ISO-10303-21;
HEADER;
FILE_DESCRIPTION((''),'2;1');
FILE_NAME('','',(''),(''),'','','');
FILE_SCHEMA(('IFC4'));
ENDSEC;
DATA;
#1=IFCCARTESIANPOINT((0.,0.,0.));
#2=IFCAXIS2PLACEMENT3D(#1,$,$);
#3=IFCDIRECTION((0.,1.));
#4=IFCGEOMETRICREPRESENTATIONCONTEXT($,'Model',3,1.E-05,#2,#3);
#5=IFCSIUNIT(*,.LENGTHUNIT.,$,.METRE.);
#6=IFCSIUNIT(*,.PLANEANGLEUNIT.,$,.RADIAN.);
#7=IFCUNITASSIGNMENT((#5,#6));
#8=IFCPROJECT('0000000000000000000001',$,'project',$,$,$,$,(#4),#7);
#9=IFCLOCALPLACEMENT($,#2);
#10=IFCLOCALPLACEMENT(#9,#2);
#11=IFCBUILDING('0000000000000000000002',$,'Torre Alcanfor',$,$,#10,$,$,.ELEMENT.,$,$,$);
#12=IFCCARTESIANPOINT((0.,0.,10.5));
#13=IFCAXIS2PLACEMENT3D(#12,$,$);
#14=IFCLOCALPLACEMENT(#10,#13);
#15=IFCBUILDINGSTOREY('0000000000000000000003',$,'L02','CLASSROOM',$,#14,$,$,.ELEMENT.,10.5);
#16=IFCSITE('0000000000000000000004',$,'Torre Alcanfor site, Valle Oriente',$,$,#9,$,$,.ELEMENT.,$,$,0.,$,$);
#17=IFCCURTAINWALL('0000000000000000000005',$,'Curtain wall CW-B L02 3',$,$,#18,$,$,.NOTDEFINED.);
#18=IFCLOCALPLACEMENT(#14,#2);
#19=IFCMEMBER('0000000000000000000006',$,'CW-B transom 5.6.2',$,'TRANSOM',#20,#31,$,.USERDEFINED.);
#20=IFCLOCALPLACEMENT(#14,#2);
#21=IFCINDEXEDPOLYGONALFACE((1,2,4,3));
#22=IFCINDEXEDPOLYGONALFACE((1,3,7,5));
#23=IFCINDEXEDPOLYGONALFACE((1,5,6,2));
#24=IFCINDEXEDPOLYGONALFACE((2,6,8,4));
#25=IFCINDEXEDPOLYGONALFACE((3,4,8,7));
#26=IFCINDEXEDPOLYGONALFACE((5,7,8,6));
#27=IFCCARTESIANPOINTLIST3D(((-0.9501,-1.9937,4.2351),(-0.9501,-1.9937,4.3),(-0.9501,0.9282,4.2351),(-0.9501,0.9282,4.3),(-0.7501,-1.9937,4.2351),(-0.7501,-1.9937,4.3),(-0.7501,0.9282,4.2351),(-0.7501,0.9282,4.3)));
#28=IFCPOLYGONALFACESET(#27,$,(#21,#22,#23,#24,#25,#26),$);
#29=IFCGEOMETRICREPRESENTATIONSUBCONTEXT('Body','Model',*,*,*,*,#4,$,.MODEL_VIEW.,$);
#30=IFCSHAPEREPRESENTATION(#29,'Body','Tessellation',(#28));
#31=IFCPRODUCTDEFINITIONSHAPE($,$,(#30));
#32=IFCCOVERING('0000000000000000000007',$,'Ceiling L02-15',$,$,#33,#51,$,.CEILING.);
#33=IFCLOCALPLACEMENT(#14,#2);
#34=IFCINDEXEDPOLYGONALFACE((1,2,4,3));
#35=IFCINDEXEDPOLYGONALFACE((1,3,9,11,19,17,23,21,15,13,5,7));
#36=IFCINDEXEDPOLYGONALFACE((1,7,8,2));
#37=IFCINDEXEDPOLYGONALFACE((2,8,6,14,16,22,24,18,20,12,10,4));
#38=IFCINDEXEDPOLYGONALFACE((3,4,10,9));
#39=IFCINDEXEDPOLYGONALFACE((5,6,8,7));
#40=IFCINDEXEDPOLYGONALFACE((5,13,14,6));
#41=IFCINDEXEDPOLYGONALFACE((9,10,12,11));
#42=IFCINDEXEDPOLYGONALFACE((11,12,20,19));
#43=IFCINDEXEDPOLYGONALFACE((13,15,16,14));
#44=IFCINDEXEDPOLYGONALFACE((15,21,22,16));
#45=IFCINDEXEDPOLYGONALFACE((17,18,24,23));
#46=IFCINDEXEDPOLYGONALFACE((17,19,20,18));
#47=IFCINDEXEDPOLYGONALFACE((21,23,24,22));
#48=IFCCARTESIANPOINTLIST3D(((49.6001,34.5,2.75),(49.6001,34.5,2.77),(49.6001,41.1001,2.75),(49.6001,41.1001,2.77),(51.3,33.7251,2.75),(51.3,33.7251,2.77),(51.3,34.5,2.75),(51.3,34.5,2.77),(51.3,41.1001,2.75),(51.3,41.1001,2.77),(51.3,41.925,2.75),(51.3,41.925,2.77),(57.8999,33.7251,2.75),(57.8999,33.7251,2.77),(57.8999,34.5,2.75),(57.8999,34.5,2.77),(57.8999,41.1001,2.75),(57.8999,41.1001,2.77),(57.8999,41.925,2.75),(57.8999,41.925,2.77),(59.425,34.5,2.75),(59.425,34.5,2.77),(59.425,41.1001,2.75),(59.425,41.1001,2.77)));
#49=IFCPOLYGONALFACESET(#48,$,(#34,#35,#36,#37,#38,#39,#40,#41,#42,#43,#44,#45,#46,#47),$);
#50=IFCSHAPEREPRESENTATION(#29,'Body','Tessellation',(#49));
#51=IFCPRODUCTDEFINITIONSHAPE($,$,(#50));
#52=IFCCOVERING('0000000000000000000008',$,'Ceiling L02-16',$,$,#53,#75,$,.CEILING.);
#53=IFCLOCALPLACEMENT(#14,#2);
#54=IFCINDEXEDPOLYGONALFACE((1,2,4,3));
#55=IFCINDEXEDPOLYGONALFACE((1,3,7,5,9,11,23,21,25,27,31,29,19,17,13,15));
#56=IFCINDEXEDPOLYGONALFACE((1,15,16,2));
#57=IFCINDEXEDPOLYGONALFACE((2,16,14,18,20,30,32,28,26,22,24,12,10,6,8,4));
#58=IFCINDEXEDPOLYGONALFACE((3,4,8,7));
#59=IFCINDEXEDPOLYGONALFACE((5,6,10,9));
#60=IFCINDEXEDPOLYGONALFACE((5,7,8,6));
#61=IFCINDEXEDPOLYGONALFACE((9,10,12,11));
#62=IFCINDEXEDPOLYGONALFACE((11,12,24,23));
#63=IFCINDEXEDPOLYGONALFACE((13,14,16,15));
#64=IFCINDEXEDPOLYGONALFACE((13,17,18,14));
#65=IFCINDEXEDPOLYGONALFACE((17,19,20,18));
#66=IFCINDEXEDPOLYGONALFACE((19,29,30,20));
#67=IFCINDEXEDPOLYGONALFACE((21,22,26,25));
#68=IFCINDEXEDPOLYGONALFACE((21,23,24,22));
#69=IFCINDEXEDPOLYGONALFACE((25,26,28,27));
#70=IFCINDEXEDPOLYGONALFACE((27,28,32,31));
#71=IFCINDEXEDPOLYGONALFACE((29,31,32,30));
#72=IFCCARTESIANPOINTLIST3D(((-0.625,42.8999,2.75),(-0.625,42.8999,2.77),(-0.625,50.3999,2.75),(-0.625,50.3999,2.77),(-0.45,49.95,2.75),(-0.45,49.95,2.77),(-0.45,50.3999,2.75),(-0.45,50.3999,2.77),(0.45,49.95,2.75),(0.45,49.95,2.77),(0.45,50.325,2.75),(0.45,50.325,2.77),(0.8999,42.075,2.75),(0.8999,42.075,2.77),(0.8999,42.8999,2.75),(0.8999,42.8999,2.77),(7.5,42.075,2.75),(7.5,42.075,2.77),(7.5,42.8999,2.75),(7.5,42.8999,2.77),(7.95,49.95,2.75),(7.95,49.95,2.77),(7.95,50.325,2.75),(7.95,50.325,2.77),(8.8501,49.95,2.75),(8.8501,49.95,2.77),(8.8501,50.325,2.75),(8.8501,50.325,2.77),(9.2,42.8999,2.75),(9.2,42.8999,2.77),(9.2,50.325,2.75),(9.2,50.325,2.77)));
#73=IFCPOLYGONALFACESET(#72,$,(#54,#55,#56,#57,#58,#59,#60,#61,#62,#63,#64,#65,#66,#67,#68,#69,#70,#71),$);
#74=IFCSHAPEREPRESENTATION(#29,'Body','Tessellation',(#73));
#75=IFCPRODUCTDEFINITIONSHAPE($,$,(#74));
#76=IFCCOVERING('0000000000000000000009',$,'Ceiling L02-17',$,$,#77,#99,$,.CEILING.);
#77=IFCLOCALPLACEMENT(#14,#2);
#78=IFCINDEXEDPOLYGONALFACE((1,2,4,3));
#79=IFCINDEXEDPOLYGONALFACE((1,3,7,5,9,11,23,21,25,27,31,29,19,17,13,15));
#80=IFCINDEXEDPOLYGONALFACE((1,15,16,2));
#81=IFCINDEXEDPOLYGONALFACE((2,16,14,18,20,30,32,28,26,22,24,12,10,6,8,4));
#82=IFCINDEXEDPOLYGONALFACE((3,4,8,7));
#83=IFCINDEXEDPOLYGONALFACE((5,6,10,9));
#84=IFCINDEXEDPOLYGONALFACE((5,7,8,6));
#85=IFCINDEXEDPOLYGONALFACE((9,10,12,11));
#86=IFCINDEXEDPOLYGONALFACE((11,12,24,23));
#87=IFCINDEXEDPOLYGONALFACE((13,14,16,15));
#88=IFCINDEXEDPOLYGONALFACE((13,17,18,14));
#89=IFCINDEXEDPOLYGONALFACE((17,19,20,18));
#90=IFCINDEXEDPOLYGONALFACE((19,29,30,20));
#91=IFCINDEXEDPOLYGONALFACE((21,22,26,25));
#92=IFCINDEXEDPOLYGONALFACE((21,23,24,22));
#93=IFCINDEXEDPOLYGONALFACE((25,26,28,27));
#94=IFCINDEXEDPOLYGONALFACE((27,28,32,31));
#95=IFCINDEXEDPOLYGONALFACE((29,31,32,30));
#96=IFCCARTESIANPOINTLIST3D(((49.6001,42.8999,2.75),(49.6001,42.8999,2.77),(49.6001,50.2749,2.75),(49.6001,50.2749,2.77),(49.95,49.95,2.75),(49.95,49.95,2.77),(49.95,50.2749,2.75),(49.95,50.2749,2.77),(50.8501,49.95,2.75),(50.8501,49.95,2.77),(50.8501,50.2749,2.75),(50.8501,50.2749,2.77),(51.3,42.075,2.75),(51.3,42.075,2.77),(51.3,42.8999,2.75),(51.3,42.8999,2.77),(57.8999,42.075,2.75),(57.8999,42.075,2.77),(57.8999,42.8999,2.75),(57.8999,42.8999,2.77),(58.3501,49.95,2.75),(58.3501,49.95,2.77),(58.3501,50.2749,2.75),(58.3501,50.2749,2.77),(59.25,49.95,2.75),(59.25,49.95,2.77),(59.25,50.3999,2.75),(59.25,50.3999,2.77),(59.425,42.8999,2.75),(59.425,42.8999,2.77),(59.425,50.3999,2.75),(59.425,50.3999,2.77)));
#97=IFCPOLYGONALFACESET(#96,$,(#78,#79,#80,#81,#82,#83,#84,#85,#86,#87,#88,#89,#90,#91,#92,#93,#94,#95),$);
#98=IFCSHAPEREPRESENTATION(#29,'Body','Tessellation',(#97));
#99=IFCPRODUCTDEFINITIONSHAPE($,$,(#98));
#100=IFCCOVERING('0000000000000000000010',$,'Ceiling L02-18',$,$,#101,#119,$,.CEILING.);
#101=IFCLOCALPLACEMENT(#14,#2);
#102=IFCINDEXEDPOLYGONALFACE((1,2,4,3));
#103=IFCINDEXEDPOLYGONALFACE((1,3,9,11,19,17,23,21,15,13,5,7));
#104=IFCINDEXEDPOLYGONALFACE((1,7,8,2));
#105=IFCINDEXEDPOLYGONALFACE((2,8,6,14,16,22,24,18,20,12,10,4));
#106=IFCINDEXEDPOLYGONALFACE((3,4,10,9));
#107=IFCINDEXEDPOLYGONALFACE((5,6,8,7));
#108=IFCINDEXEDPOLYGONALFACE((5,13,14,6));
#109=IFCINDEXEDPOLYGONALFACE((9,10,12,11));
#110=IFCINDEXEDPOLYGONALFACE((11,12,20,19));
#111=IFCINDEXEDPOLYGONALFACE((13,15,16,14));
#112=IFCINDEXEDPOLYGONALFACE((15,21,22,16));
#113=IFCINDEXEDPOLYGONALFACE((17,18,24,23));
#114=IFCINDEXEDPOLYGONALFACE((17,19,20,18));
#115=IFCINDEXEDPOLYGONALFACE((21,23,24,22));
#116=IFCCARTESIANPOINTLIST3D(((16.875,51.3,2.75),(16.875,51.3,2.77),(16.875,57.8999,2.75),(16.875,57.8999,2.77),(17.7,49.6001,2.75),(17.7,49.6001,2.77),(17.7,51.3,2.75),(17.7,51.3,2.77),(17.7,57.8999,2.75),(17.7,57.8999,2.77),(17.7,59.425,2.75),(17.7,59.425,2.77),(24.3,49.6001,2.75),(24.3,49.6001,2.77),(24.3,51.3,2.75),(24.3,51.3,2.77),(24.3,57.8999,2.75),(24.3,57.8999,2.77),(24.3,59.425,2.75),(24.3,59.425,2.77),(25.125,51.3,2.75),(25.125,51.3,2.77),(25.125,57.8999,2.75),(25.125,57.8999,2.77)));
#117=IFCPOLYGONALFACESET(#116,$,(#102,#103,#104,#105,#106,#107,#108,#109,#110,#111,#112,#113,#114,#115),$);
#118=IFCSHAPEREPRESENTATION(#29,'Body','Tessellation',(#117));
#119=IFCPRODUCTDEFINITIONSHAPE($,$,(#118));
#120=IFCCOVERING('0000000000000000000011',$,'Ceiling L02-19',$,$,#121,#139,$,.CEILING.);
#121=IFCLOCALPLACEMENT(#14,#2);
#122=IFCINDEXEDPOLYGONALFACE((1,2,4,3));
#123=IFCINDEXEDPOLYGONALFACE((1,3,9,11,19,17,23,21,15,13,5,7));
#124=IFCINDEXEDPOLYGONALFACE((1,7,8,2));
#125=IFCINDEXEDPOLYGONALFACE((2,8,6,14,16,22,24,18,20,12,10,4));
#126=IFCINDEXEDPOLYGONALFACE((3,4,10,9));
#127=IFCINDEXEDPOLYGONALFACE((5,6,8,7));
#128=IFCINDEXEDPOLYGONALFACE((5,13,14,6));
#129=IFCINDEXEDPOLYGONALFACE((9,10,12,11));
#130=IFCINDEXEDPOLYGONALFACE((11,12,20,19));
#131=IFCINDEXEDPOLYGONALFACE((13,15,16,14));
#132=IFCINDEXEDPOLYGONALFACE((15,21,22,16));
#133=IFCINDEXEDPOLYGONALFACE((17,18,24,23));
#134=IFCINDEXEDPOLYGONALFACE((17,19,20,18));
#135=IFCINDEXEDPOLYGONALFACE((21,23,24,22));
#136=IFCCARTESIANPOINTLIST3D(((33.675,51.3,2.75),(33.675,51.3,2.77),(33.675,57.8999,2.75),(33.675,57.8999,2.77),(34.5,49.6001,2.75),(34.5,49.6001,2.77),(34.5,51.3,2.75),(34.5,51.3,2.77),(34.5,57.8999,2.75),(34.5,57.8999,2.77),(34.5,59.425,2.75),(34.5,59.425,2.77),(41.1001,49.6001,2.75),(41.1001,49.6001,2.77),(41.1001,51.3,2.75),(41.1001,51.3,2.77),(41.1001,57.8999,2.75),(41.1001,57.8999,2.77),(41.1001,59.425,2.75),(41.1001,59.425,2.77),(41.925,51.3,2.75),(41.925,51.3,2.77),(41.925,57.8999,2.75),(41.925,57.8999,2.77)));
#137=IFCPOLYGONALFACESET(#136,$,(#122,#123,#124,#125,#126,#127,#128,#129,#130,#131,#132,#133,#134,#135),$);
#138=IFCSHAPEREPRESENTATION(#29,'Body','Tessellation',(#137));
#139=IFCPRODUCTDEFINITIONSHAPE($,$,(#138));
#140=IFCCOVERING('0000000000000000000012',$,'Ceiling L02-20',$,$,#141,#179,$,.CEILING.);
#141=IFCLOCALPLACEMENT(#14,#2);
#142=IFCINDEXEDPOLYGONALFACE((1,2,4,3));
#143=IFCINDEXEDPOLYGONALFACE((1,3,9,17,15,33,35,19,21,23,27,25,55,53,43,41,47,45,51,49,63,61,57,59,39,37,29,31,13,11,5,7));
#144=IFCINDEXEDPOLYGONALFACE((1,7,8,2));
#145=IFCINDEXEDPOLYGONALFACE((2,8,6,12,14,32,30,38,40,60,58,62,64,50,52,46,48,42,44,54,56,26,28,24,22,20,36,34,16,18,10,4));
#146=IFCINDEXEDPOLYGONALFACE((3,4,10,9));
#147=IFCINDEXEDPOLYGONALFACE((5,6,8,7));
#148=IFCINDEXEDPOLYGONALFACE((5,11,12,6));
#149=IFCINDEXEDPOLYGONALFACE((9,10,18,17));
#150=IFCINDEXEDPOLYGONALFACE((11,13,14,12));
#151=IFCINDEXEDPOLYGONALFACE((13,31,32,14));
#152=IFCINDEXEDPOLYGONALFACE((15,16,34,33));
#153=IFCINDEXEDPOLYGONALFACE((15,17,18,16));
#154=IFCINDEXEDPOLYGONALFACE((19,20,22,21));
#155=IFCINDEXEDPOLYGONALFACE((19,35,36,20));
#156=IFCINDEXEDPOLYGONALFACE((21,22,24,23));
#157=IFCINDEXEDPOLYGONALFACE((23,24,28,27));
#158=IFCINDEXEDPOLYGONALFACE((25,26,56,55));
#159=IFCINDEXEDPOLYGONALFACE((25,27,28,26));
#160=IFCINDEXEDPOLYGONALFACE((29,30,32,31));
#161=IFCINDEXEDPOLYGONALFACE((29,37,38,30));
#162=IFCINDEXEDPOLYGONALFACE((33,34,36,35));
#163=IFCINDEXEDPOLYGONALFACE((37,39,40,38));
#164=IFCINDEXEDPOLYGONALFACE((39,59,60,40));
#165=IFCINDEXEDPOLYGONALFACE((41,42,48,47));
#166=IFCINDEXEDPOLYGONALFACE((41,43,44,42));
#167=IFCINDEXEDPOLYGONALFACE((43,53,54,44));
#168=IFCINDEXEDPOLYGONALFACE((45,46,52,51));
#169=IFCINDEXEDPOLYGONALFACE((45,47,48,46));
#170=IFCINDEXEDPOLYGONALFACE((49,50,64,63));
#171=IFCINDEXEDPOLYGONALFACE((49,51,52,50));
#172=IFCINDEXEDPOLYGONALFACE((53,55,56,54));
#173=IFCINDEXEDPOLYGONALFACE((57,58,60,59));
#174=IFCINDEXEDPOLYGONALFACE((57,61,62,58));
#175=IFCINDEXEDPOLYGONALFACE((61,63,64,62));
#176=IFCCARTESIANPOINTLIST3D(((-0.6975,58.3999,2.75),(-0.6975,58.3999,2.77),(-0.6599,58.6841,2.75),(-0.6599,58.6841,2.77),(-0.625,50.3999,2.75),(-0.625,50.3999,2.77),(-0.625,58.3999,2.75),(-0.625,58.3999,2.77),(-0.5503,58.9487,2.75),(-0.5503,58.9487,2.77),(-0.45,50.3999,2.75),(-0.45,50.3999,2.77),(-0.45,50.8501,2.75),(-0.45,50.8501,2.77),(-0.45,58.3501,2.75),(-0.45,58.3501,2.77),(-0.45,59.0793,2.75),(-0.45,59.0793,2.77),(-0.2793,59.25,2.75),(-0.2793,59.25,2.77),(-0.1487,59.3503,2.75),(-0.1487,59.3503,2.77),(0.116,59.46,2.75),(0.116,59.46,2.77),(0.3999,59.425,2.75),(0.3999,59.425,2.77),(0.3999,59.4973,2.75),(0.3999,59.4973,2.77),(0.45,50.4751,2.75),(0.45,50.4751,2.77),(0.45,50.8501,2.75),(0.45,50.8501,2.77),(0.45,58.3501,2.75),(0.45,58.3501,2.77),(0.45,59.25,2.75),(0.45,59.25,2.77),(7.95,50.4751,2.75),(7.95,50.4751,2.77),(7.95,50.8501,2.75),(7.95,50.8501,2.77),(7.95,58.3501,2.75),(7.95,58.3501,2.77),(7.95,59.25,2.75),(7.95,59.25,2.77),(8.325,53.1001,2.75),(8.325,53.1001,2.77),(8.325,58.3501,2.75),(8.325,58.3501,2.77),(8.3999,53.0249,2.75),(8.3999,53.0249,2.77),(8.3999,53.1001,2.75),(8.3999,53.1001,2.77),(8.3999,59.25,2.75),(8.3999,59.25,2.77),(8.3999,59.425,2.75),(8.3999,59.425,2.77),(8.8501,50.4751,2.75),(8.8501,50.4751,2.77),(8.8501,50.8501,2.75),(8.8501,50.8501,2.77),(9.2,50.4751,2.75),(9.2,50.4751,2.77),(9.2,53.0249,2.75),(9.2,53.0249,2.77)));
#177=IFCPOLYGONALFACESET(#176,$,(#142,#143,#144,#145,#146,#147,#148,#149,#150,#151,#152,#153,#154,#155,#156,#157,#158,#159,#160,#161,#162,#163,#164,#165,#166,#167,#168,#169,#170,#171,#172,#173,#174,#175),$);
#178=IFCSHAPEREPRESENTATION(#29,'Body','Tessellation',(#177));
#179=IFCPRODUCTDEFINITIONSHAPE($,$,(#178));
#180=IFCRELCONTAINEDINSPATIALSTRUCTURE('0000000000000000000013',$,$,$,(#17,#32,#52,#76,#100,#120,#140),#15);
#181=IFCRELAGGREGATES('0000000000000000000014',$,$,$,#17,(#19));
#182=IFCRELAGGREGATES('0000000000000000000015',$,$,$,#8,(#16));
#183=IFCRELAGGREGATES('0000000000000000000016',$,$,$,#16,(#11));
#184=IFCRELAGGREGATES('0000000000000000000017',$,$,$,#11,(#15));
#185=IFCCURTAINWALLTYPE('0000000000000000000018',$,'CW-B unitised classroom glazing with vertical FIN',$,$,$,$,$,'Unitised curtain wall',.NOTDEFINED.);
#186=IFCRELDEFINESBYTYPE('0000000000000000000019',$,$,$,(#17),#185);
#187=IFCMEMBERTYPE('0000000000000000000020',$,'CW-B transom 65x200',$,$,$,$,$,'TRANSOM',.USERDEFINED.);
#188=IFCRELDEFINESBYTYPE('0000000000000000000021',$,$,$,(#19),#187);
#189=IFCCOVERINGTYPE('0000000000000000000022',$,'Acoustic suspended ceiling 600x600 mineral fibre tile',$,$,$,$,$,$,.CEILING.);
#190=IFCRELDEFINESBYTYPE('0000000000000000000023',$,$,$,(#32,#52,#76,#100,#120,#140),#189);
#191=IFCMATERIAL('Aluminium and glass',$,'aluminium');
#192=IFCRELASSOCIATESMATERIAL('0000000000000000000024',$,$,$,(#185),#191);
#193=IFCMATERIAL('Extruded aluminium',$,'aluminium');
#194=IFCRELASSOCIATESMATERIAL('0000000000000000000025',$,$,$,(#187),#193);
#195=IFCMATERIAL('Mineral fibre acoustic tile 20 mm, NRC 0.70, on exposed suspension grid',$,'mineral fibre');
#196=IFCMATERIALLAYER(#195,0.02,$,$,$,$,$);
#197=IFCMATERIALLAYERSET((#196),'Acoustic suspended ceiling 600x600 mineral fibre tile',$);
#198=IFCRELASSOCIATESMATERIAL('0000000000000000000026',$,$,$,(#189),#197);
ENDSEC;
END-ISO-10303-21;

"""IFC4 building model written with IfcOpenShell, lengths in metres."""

from ifc_helpers import new_model, si_unit, direction, frame, origin, origin_2d, place, context, subcontext, project, spatial, polyline, rectangle, outline, extrude, material, layer, layer_set, material_profile, profile_set, type_object, element, aggregate, save


model = new_model("IFC4")

# Units and contexts
model_context = context("Model", 3, precision=1e-05, world=origin(), true_north=direction((0.0, 1.0)))
body_context = subcontext(model_context, "Body", "Model", "MODEL_VIEW")
ifc_project = project(units=[si_unit("LENGTHUNIT", "METRE"), si_unit("PLANEANGLEUNIT", "RADIAN")], contexts=[model_context])

# Site, building, storey
site_placement = place(None, origin())
site = spatial("IfcSite", under=ifc_project, at=site_placement, Name="Torre Alcanfor site, Valle Oriente", CompositionType="ELEMENT", RefElevation=0.0)
building_placement = place(site_placement, origin())
building = spatial("IfcBuilding", under=site, at=building_placement, Name="Torre Alcanfor", CompositionType="ELEMENT")
storey_placement = place(building_placement, frame((0.0, 0.0, 10.5)))
storey = spatial("IfcBuildingStorey", under=building, at=storey_placement, Name="L02", Description="CLASSROOM", CompositionType="ELEMENT", Elevation=10.5)

# Curtain wall, member
ifc_material_1 = material(Name="Aluminium and glass", Category="aluminium")
curtain_wall_type = type_object("IfcCurtainWallType", Name="CW-B unitised classroom glazing with vertical FIN", ElementType="Unitised curtain wall", PredefinedType="NOTDEFINED", material=ifc_material_1)
curtain_wall_placement = place(storey_placement, origin())
curtain_wall = element("IfcCurtainWall", 1, at=curtain_wall_placement, inside=storey, type_object=curtain_wall_type, Name="Curtain wall CW-B L02 3", PredefinedType="NOTDEFINED")
ifc_material_2 = material(Name="Extruded aluminium", Category="aluminium")
ifc_material_profile = material_profile(ifc_material_2, rectangle(XDim=0.2, YDim=0.0649, at=origin_2d()), Name="CW-B transom 200x65")
ifc_profile_set = profile_set([ifc_material_profile], Name="Extruded aluminium")
member_type = type_object("IfcMemberType", Name="CW-B transom 65x200", ElementType="TRANSOM", PredefinedType="USERDEFINED", material=ifc_profile_set)
member_placement = place(storey_placement, frame((-0.8501, 0.9282, 4.2676), z_axis=(0.0, -1.0, 0.0), x_axis=(1.0, 0.0, 0.0)))
member = element("IfcMember", 2, at=member_placement, type_object=member_type, Name="CW-B transom 5.6.2", ObjectType="TRANSOM", PredefinedType="USERDEFINED", context=body_context, shape_type="SweptSolid", body=[
    extrude(rectangle(XDim=0.2, YDim=0.0649, at=origin_2d()), origin(), (0.0, 0.0, 1.0), 2.9219),
])
aggregate(curtain_wall, [member])

# Coverings
ifc_material_3 = material(Name="Mineral fibre acoustic tile 20 mm, NRC 0.70, on exposed suspension grid", Category="mineral fibre")
ifc_layer_1 = layer(ifc_material_3, 0.02)
ifc_layer_set_1 = layer_set([ifc_layer_1], Name="Acoustic suspended ceiling 600x600 mineral fibre tile")
covering_type_1 = type_object("IfcCoveringType", Name="Acoustic suspended ceiling 600x600 mineral fibre tile", PredefinedType="CEILING", material=ifc_layer_set_1)
covering_1_placement = place(storey_placement, frame((0.0, 0.0, 2.75)))
element("IfcCovering", 3, at=covering_1_placement, inside=storey, type_object=covering_type_1, Name="Ceiling L02-15", PredefinedType="CEILING", context=body_context, shape_type="SweptSolid", body=[
    extrude(outline(polyline([(57.8999, 33.7251), (57.8999, 34.5), (59.425, 34.5), (59.425, 41.1001), (57.8999, 41.1001), (57.8999, 41.925), (51.3, 41.925), (51.3, 41.1001), (49.6001, 41.1001), (49.6001, 34.5), (51.3, 34.5), (51.3, 33.7251), (57.8999, 33.7251)])), origin(), (0.0, 0.0, 1.0), 0.02),
])
covering_2_placement = place(storey_placement, frame((0.0, 0.0, 2.75)))
element("IfcCovering", 4, at=covering_2_placement, inside=storey, type_object=covering_type_1, Name="Ceiling L02-16", PredefinedType="CEILING", context=body_context, shape_type="SweptSolid", body=[
    extrude(outline(polyline([(-0.45, 49.95), (-0.45, 50.3999), (-0.625, 50.3999), (-0.625, 42.8999), (0.8999, 42.8999), (0.8999, 42.075), (7.5, 42.075), (7.5, 42.8999), (9.2, 42.8999), (9.2, 50.325), (8.8501, 50.325), (8.8501, 49.95), (7.95, 49.95), (7.95, 50.325), (0.45, 50.325), (0.45, 49.95), (-0.45, 49.95)])), origin(), (0.0, 0.0, 1.0), 0.02),
])
covering_3_placement = place(storey_placement, frame((0.0, 0.0, 2.75)))
element("IfcCovering", 5, at=covering_3_placement, inside=storey, type_object=covering_type_1, Name="Ceiling L02-17", PredefinedType="CEILING", context=body_context, shape_type="SweptSolid", body=[
    extrude(outline(polyline([(57.8999, 42.075), (57.8999, 42.8999), (59.425, 42.8999), (59.425, 50.3999), (59.25, 50.3999), (59.25, 49.95), (58.3501, 49.95), (58.3501, 50.2749), (50.8501, 50.2749), (50.8501, 49.95), (49.95, 49.95), (49.95, 50.2749), (49.6001, 50.2749), (49.6001, 42.8999), (51.3, 42.8999), (51.3, 42.075), (57.8999, 42.075)])), origin(), (0.0, 0.0, 1.0), 0.02),
])
covering_4_placement = place(storey_placement, frame((0.0, 0.0, 2.75)))
element("IfcCovering", 6, at=covering_4_placement, inside=storey, type_object=covering_type_1, Name="Ceiling L02-18", PredefinedType="CEILING", context=body_context, shape_type="SweptSolid", body=[
    extrude(outline(polyline([(16.875, 51.3), (17.7, 51.3), (17.7, 49.6001), (24.3, 49.6001), (24.3, 51.3), (25.125, 51.3), (25.125, 57.8999), (24.3, 57.8999), (24.3, 59.425), (17.7, 59.425), (17.7, 57.8999), (16.875, 57.8999), (16.875, 51.3)])), origin(), (0.0, 0.0, 1.0), 0.02),
])
covering_5_placement = place(storey_placement, frame((0.0, 0.0, 2.75)))
element("IfcCovering", 7, at=covering_5_placement, inside=storey, type_object=covering_type_1, Name="Ceiling L02-19", PredefinedType="CEILING", context=body_context, shape_type="SweptSolid", body=[
    extrude(outline(polyline([(33.675, 51.3), (34.5, 51.3), (34.5, 49.6001), (41.1001, 49.6001), (41.1001, 51.3), (41.925, 51.3), (41.925, 57.8999), (41.1001, 57.8999), (41.1001, 59.425), (34.5, 59.425), (34.5, 57.8999), (33.675, 57.8999), (33.675, 51.3)])), origin(), (0.0, 0.0, 1.0), 0.02),
])
covering_6_placement = place(storey_placement, frame((0.0, 0.0, 2.75)))
element("IfcCovering", 8, at=covering_6_placement, inside=storey, type_object=covering_type_1, Name="Ceiling L02-20", PredefinedType="CEILING", context=body_context, shape_type="SweptSolid", body=[
    extrude(outline(polyline([(-0.45, 59.0793), (-0.5503, 58.9487), (-0.6599, 58.6841), (-0.6975, 58.3999), (-0.625, 58.3999), (-0.625, 50.3999), (-0.45, 50.3999), (-0.45, 50.8501), (0.45, 50.8501), (0.45, 50.4751), (7.95, 50.4751), (7.95, 50.8501), (8.8501, 50.8501), (8.8501, 50.4751), (9.2, 50.4751), (9.2, 53.0249), (8.3999, 53.0249), (8.3999, 53.1001), (8.325, 53.1001), (8.325, 58.3501), (7.95, 58.3501), (7.95, 59.25), (8.3999, 59.25), (8.3999, 59.425), (0.3999, 59.425), (0.3999, 59.4973), (0.116, 59.46), (-0.1487, 59.3503), (-0.2793, 59.25), (0.45, 59.25), (0.45, 58.3501), (-0.45, 58.3501), (-0.45, 59.0793)])), origin(), (0.0, 0.0, 1.0), 0.02),
])

save(model, "model.ifc")
